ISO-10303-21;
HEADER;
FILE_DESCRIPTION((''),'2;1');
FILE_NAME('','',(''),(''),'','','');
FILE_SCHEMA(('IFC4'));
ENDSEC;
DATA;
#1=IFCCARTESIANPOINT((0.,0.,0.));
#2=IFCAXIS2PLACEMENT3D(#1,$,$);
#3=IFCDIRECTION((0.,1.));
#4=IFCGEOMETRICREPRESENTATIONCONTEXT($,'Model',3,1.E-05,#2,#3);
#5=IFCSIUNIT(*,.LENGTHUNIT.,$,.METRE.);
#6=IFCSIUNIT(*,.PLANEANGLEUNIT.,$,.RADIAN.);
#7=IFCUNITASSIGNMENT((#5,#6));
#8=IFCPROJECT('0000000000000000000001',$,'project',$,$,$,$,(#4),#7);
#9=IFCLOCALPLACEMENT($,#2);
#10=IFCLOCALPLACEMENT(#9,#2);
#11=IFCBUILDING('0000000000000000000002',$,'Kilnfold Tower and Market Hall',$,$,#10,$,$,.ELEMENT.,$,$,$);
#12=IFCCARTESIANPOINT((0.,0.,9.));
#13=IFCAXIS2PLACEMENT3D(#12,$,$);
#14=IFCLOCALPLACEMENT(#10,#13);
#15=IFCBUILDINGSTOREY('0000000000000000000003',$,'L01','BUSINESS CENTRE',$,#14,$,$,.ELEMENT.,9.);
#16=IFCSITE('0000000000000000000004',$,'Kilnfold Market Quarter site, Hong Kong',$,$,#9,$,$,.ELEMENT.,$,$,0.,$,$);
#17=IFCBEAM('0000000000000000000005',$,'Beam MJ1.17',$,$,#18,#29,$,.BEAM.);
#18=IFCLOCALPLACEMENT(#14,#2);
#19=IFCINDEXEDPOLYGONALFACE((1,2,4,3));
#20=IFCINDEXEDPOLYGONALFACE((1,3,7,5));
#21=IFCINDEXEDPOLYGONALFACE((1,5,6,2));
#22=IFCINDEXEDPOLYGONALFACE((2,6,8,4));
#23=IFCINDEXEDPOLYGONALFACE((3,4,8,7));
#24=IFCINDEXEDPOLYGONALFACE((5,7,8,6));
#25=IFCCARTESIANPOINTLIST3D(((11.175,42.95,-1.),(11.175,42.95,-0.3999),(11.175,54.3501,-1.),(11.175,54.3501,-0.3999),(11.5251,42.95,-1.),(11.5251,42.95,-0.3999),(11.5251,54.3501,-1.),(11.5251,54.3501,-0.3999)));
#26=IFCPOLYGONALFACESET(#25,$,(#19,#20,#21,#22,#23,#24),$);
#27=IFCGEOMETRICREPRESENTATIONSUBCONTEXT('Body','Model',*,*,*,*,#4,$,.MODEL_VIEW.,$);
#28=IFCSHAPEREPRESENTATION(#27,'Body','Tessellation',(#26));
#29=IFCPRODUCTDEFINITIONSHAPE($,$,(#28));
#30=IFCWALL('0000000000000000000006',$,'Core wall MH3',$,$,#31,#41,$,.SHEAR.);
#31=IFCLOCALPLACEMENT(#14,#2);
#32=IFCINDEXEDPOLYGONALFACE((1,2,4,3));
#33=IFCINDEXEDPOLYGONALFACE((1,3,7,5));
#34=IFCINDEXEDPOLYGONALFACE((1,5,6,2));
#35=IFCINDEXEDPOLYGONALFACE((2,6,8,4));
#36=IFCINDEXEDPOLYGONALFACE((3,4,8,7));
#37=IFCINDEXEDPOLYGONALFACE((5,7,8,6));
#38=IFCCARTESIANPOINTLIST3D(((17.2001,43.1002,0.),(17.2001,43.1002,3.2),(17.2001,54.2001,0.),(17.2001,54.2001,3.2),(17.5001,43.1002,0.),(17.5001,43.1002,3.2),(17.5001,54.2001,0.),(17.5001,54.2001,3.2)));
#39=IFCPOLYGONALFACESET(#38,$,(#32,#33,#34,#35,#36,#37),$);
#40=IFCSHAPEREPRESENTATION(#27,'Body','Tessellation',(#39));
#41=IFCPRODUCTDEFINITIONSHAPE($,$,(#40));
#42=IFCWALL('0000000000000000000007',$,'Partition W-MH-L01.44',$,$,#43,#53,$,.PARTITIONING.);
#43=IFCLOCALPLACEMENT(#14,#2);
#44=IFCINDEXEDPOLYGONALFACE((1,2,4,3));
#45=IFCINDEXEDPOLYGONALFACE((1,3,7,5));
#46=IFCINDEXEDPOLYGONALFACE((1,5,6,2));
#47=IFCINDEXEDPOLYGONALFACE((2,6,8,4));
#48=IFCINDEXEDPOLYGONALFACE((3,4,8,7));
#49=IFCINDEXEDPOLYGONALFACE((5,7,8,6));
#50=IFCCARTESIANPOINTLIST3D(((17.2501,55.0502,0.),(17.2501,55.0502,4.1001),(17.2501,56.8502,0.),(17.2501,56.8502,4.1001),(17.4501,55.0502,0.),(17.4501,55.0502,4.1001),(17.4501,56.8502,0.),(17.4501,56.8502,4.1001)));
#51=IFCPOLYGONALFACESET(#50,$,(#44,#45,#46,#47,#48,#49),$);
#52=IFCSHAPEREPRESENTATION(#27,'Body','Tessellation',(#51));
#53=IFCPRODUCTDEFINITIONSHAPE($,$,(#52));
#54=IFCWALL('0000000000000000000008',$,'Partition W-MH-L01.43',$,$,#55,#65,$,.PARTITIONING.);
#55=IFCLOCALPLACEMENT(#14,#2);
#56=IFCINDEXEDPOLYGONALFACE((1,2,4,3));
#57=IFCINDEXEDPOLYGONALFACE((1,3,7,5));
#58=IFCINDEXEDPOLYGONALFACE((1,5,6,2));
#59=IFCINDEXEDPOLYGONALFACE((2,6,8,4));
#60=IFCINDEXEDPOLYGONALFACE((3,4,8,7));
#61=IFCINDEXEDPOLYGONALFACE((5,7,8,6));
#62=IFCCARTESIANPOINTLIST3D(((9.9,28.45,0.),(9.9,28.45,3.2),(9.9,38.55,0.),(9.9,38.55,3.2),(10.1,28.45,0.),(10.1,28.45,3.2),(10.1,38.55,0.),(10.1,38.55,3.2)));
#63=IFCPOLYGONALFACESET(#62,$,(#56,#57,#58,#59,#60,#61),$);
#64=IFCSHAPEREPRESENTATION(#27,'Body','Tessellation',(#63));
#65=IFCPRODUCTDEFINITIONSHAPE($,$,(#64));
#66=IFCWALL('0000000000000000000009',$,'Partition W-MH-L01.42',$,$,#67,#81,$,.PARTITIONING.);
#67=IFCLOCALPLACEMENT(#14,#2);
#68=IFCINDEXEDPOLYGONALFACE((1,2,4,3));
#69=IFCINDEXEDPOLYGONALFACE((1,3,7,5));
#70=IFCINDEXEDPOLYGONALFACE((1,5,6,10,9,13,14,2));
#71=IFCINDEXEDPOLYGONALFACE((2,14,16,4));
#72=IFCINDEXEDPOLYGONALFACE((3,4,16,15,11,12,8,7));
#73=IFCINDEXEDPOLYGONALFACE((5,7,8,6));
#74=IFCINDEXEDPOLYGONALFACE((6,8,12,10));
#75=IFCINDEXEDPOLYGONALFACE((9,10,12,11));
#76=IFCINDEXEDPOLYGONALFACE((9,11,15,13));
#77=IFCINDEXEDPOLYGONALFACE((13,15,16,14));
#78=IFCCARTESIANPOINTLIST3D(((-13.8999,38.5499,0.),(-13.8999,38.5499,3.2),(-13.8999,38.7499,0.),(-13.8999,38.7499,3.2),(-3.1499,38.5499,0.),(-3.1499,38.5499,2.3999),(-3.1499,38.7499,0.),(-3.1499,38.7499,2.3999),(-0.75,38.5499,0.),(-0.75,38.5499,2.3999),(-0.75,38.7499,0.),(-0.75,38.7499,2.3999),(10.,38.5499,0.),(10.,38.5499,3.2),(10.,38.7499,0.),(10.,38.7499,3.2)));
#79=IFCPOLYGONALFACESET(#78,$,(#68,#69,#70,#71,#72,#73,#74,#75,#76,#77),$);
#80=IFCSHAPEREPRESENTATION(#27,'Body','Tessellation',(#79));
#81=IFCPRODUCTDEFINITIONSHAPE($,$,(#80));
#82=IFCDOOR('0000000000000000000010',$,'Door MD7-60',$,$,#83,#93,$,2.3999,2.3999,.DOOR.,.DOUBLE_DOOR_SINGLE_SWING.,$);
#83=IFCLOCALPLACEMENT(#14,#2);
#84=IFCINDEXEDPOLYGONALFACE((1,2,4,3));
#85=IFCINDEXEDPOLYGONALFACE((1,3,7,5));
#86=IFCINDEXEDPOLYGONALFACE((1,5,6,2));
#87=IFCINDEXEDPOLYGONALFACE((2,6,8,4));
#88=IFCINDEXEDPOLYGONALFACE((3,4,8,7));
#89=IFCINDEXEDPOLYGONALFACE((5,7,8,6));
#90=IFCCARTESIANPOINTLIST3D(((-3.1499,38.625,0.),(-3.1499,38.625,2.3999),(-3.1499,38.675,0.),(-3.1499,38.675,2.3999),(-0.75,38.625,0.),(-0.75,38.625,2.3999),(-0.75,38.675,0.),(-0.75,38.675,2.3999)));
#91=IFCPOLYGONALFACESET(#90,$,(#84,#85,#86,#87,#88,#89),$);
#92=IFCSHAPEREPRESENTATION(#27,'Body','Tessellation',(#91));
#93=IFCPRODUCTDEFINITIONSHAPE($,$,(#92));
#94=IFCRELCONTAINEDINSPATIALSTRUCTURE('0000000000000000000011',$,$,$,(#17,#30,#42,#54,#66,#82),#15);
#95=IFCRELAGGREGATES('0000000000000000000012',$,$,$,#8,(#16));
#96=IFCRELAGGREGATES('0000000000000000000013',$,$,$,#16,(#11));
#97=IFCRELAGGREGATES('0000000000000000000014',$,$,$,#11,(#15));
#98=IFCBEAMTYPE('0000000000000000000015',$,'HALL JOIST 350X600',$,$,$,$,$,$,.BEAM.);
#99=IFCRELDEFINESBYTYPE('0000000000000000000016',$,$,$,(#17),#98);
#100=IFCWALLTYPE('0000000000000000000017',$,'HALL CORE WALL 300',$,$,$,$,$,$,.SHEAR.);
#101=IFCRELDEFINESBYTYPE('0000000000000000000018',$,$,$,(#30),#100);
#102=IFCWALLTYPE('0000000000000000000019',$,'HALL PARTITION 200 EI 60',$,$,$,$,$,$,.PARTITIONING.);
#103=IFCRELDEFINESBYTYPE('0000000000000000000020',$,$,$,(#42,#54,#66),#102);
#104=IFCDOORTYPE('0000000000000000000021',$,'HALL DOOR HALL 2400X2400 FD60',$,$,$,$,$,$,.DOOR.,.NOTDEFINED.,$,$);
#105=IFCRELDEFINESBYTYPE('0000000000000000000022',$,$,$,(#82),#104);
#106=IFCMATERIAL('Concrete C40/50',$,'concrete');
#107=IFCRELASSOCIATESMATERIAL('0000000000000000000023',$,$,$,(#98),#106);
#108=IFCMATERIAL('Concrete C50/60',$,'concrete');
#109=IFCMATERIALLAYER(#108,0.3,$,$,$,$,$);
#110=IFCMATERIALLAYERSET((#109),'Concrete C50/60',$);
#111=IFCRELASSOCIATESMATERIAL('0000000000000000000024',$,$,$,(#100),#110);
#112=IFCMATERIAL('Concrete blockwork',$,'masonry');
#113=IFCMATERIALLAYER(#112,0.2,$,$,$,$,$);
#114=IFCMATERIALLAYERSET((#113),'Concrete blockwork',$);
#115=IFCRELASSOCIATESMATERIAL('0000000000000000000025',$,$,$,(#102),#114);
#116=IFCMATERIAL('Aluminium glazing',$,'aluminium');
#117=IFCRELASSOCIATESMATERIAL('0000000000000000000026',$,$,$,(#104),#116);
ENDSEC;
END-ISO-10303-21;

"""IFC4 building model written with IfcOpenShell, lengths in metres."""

from ifc_helpers import new_model, si_unit, direction, frame, frame_2d, origin, origin_2d, place, context, subcontext, project, spatial, rectangle, extrude, source, transform, mapped, material, layer, layer_set, material_profile, profile_set, type_object, element, fill, save


model = new_model("IFC4")

# Units and contexts
model_context = context("Model", 3, precision=1e-05, world=origin(), true_north=direction((0.0, 1.0)))
body_context = subcontext(model_context, "Body", "Model", "MODEL_VIEW")
ifc_project = project(units=[si_unit("LENGTHUNIT", "METRE"), si_unit("PLANEANGLEUNIT", "RADIAN")], contexts=[model_context])

# Site, building, storey
site_placement = place(None, origin())
site = spatial("IfcSite", under=ifc_project, at=site_placement, Name="Kilnfold Market Quarter site, Hong Kong", CompositionType="ELEMENT", RefElevation=0.0)
building_placement = place(site_placement, origin())
building = spatial("IfcBuilding", under=site, at=building_placement, Name="Kilnfold Tower and Market Hall", CompositionType="ELEMENT")
storey_placement = place(building_placement, frame((0.0, 0.0, 9.0)))
storey = spatial("IfcBuildingStorey", under=building, at=storey_placement, Name="L01", Description="BUSINESS CENTRE", CompositionType="ELEMENT", Elevation=9.0)

# Beam
ifc_material_1 = material(Name="Concrete C40/50", Category="concrete")
ifc_material_profile_1 = material_profile(ifc_material_1, rectangle(XDim=0.3501, YDim=0.6001, at=origin_2d()), Name="RC 350x600")
ifc_profile_set_1 = profile_set([ifc_material_profile_1], Name="Concrete C40/50")
beam_type_1 = type_object("IfcBeamType", Name="HALL JOIST 350X600", PredefinedType="BEAM", material=ifc_profile_set_1)
for number, where, z_axis, x_axis, name in (
    (1, (11.3501, 42.95, -0.7), (0.0, 1.0, 0.0), (-1.0, 0.0, 0.0), "Beam MJ1.17"),
):
    element("IfcBeam", number, at=place(storey_placement, frame(where, z_axis=z_axis, x_axis=x_axis)), inside=storey, type_object=beam_type_1, Name=name, PredefinedType="BEAM", context=body_context, shape_type="SweptSolid", body=[
        extrude(rectangle(XDim=0.3501, YDim=0.6001, at=origin_2d()), origin(), (0.0, 0.0, 1.0), 11.4001),
    ])

# Walls
ifc_material_2 = material(Name="Concrete C50/60", Category="concrete")
ifc_layer_1 = layer(ifc_material_2, 0.3)
ifc_layer_set_1 = layer_set([ifc_layer_1], Name="Concrete C50/60")
wall_type_1 = type_object("IfcWallType", Name="HALL CORE WALL 300", PredefinedType="SHEAR", material=ifc_layer_set_1)
shared_shape_1 = source(origin(), body_context, "Body", "SweptSolid", [
    extrude(rectangle(XDim=11.0999, YDim=0.3, at=frame_2d((5.5498, 0.0))), origin(), (0.0, 0.0, 1.0), 3.2),
])
wall_1_placement = place(storey_placement, frame((17.3501, 54.2, 0.0), z_axis=(0.0, 0.0, 1.0), x_axis=(0.0, -1.0, 0.0)))
element("IfcWall", 2, at=wall_1_placement, inside=storey, type_object=wall_type_1, Name="Core wall MH3", PredefinedType="SHEAR", context=body_context, shape_type="MappedRepresentation", body=[
    mapped(shared_shape_1, transform((0.0, 0.0, 0.0))),
])
ifc_material_3 = material(Name="Concrete blockwork", Category="masonry")
ifc_layer_2 = layer(ifc_material_3, 0.2)
ifc_layer_set_2 = layer_set([ifc_layer_2], Name="Concrete blockwork")
wall_type_2 = type_object("IfcWallType", Name="HALL PARTITION 200 EI 60", PredefinedType="PARTITIONING", material=ifc_layer_set_2)
shared_shape_2 = source(origin(), body_context, "Body", "SweptSolid", [
    extrude(rectangle(XDim=1.8, YDim=0.2, at=frame_2d((0.8999, 0.0))), origin(), (0.0, 0.0, 1.0), 4.1001),
])
wall_2_placement = place(storey_placement, frame((17.3501, 56.8501, 0.0), z_axis=(0.0, 0.0, 1.0), x_axis=(0.0, -1.0, 0.0)))
element("IfcWall", 3, at=wall_2_placement, inside=storey, type_object=wall_type_2, Name="Partition W-MH-L01.44", PredefinedType="PARTITIONING", context=body_context, shape_type="MappedRepresentation", body=[
    mapped(shared_shape_2, transform((0.0, 0.0, 0.0))),
])

# Shared definitions
ifc_material_4 = material(Name="Aluminium glazing", Category="aluminium")
door_type = type_object("IfcDoorType", Name="HALL DOOR HALL 2400X2400 FD60", OperationType="NOTDEFINED", PredefinedType="DOOR", material=ifc_material_4)

# Wall
shared_shape_3 = source(origin(), body_context, "Body", "SweptSolid", [
    extrude(rectangle(XDim=10.1001, YDim=0.2, at=frame_2d((5.05, 0.0))), origin(), (0.0, 0.0, 1.0), 3.2),
])
wall_3_placement = place(storey_placement, frame((10.0, 38.55, 0.0), z_axis=(0.0, 0.0, 1.0), x_axis=(0.0, -1.0, 0.0)))
element("IfcWall", 4, at=wall_3_placement, inside=storey, type_object=wall_type_2, Name="Partition W-MH-L01.43", PredefinedType="PARTITIONING", context=body_context, shape_type="MappedRepresentation", body=[
    mapped(shared_shape_3, transform((0.0, 0.0, 0.0))),
])

# Wall, opening, door
shared_shape_4 = source(origin(), body_context, "Body", "SweptSolid", [
    extrude(rectangle(XDim=23.8999, YDim=0.2, at=frame_2d((11.95, 0.0))), origin(), (0.0, 0.0, 1.0), 3.2),
])
wall_4_placement = place(storey_placement, frame((10.0, 38.6499, 0.0), z_axis=(0.0, 0.0, 1.0), x_axis=(-1.0, 0.0, 0.0)))
wall_4 = element("IfcWall", 5, at=wall_4_placement, inside=storey, type_object=wall_type_2, Name="Partition W-MH-L01.42", PredefinedType="PARTITIONING", context=body_context, shape_type="MappedRepresentation", body=[
    mapped(shared_shape_4, transform((0.0, 0.0, 0.0))),
])
opening_1_placement = place(wall_4_placement, frame((10.75, 0.0, 0.0)))
opening_1 = element("IfcOpeningElement", 6, at=opening_1_placement, cuts=wall_4, PredefinedType="OPENING", context=body_context, shape_type="SweptSolid", body=[
    extrude(rectangle(XDim=2.3999, YDim=2.3999, at=frame_2d((1.2, 1.2))), frame((0.0, 0.1099, 0.0), z_axis=(0.0, -1.0, 0.0), x_axis=(1.0, 0.0, 0.0)), (0.0, 0.0, 1.0), 0.22),
])
door_1_placement = place(opening_1_placement, origin())
door_1 = element("IfcDoor", 7, at=door_1_placement, inside=storey, type_object=door_type, Name="Door MD7-60", OperationType="DOUBLE_DOOR_SINGLE_SWING", OverallHeight=2.3999, OverallWidth=2.3999, PredefinedType="DOOR", context=body_context, shape_type="SweptSolid", body=[
    extrude(rectangle(XDim=2.3999, YDim=2.3999, at=frame_2d((1.2, 1.2))), frame((0.0, 0.0249, 0.0), z_axis=(0.0, -1.0, 0.0), x_axis=(1.0, 0.0, 0.0)), (0.0, 0.0, 1.0), 0.05),
])
fill(opening_1, door_1)

save(model, "model.ifc")
